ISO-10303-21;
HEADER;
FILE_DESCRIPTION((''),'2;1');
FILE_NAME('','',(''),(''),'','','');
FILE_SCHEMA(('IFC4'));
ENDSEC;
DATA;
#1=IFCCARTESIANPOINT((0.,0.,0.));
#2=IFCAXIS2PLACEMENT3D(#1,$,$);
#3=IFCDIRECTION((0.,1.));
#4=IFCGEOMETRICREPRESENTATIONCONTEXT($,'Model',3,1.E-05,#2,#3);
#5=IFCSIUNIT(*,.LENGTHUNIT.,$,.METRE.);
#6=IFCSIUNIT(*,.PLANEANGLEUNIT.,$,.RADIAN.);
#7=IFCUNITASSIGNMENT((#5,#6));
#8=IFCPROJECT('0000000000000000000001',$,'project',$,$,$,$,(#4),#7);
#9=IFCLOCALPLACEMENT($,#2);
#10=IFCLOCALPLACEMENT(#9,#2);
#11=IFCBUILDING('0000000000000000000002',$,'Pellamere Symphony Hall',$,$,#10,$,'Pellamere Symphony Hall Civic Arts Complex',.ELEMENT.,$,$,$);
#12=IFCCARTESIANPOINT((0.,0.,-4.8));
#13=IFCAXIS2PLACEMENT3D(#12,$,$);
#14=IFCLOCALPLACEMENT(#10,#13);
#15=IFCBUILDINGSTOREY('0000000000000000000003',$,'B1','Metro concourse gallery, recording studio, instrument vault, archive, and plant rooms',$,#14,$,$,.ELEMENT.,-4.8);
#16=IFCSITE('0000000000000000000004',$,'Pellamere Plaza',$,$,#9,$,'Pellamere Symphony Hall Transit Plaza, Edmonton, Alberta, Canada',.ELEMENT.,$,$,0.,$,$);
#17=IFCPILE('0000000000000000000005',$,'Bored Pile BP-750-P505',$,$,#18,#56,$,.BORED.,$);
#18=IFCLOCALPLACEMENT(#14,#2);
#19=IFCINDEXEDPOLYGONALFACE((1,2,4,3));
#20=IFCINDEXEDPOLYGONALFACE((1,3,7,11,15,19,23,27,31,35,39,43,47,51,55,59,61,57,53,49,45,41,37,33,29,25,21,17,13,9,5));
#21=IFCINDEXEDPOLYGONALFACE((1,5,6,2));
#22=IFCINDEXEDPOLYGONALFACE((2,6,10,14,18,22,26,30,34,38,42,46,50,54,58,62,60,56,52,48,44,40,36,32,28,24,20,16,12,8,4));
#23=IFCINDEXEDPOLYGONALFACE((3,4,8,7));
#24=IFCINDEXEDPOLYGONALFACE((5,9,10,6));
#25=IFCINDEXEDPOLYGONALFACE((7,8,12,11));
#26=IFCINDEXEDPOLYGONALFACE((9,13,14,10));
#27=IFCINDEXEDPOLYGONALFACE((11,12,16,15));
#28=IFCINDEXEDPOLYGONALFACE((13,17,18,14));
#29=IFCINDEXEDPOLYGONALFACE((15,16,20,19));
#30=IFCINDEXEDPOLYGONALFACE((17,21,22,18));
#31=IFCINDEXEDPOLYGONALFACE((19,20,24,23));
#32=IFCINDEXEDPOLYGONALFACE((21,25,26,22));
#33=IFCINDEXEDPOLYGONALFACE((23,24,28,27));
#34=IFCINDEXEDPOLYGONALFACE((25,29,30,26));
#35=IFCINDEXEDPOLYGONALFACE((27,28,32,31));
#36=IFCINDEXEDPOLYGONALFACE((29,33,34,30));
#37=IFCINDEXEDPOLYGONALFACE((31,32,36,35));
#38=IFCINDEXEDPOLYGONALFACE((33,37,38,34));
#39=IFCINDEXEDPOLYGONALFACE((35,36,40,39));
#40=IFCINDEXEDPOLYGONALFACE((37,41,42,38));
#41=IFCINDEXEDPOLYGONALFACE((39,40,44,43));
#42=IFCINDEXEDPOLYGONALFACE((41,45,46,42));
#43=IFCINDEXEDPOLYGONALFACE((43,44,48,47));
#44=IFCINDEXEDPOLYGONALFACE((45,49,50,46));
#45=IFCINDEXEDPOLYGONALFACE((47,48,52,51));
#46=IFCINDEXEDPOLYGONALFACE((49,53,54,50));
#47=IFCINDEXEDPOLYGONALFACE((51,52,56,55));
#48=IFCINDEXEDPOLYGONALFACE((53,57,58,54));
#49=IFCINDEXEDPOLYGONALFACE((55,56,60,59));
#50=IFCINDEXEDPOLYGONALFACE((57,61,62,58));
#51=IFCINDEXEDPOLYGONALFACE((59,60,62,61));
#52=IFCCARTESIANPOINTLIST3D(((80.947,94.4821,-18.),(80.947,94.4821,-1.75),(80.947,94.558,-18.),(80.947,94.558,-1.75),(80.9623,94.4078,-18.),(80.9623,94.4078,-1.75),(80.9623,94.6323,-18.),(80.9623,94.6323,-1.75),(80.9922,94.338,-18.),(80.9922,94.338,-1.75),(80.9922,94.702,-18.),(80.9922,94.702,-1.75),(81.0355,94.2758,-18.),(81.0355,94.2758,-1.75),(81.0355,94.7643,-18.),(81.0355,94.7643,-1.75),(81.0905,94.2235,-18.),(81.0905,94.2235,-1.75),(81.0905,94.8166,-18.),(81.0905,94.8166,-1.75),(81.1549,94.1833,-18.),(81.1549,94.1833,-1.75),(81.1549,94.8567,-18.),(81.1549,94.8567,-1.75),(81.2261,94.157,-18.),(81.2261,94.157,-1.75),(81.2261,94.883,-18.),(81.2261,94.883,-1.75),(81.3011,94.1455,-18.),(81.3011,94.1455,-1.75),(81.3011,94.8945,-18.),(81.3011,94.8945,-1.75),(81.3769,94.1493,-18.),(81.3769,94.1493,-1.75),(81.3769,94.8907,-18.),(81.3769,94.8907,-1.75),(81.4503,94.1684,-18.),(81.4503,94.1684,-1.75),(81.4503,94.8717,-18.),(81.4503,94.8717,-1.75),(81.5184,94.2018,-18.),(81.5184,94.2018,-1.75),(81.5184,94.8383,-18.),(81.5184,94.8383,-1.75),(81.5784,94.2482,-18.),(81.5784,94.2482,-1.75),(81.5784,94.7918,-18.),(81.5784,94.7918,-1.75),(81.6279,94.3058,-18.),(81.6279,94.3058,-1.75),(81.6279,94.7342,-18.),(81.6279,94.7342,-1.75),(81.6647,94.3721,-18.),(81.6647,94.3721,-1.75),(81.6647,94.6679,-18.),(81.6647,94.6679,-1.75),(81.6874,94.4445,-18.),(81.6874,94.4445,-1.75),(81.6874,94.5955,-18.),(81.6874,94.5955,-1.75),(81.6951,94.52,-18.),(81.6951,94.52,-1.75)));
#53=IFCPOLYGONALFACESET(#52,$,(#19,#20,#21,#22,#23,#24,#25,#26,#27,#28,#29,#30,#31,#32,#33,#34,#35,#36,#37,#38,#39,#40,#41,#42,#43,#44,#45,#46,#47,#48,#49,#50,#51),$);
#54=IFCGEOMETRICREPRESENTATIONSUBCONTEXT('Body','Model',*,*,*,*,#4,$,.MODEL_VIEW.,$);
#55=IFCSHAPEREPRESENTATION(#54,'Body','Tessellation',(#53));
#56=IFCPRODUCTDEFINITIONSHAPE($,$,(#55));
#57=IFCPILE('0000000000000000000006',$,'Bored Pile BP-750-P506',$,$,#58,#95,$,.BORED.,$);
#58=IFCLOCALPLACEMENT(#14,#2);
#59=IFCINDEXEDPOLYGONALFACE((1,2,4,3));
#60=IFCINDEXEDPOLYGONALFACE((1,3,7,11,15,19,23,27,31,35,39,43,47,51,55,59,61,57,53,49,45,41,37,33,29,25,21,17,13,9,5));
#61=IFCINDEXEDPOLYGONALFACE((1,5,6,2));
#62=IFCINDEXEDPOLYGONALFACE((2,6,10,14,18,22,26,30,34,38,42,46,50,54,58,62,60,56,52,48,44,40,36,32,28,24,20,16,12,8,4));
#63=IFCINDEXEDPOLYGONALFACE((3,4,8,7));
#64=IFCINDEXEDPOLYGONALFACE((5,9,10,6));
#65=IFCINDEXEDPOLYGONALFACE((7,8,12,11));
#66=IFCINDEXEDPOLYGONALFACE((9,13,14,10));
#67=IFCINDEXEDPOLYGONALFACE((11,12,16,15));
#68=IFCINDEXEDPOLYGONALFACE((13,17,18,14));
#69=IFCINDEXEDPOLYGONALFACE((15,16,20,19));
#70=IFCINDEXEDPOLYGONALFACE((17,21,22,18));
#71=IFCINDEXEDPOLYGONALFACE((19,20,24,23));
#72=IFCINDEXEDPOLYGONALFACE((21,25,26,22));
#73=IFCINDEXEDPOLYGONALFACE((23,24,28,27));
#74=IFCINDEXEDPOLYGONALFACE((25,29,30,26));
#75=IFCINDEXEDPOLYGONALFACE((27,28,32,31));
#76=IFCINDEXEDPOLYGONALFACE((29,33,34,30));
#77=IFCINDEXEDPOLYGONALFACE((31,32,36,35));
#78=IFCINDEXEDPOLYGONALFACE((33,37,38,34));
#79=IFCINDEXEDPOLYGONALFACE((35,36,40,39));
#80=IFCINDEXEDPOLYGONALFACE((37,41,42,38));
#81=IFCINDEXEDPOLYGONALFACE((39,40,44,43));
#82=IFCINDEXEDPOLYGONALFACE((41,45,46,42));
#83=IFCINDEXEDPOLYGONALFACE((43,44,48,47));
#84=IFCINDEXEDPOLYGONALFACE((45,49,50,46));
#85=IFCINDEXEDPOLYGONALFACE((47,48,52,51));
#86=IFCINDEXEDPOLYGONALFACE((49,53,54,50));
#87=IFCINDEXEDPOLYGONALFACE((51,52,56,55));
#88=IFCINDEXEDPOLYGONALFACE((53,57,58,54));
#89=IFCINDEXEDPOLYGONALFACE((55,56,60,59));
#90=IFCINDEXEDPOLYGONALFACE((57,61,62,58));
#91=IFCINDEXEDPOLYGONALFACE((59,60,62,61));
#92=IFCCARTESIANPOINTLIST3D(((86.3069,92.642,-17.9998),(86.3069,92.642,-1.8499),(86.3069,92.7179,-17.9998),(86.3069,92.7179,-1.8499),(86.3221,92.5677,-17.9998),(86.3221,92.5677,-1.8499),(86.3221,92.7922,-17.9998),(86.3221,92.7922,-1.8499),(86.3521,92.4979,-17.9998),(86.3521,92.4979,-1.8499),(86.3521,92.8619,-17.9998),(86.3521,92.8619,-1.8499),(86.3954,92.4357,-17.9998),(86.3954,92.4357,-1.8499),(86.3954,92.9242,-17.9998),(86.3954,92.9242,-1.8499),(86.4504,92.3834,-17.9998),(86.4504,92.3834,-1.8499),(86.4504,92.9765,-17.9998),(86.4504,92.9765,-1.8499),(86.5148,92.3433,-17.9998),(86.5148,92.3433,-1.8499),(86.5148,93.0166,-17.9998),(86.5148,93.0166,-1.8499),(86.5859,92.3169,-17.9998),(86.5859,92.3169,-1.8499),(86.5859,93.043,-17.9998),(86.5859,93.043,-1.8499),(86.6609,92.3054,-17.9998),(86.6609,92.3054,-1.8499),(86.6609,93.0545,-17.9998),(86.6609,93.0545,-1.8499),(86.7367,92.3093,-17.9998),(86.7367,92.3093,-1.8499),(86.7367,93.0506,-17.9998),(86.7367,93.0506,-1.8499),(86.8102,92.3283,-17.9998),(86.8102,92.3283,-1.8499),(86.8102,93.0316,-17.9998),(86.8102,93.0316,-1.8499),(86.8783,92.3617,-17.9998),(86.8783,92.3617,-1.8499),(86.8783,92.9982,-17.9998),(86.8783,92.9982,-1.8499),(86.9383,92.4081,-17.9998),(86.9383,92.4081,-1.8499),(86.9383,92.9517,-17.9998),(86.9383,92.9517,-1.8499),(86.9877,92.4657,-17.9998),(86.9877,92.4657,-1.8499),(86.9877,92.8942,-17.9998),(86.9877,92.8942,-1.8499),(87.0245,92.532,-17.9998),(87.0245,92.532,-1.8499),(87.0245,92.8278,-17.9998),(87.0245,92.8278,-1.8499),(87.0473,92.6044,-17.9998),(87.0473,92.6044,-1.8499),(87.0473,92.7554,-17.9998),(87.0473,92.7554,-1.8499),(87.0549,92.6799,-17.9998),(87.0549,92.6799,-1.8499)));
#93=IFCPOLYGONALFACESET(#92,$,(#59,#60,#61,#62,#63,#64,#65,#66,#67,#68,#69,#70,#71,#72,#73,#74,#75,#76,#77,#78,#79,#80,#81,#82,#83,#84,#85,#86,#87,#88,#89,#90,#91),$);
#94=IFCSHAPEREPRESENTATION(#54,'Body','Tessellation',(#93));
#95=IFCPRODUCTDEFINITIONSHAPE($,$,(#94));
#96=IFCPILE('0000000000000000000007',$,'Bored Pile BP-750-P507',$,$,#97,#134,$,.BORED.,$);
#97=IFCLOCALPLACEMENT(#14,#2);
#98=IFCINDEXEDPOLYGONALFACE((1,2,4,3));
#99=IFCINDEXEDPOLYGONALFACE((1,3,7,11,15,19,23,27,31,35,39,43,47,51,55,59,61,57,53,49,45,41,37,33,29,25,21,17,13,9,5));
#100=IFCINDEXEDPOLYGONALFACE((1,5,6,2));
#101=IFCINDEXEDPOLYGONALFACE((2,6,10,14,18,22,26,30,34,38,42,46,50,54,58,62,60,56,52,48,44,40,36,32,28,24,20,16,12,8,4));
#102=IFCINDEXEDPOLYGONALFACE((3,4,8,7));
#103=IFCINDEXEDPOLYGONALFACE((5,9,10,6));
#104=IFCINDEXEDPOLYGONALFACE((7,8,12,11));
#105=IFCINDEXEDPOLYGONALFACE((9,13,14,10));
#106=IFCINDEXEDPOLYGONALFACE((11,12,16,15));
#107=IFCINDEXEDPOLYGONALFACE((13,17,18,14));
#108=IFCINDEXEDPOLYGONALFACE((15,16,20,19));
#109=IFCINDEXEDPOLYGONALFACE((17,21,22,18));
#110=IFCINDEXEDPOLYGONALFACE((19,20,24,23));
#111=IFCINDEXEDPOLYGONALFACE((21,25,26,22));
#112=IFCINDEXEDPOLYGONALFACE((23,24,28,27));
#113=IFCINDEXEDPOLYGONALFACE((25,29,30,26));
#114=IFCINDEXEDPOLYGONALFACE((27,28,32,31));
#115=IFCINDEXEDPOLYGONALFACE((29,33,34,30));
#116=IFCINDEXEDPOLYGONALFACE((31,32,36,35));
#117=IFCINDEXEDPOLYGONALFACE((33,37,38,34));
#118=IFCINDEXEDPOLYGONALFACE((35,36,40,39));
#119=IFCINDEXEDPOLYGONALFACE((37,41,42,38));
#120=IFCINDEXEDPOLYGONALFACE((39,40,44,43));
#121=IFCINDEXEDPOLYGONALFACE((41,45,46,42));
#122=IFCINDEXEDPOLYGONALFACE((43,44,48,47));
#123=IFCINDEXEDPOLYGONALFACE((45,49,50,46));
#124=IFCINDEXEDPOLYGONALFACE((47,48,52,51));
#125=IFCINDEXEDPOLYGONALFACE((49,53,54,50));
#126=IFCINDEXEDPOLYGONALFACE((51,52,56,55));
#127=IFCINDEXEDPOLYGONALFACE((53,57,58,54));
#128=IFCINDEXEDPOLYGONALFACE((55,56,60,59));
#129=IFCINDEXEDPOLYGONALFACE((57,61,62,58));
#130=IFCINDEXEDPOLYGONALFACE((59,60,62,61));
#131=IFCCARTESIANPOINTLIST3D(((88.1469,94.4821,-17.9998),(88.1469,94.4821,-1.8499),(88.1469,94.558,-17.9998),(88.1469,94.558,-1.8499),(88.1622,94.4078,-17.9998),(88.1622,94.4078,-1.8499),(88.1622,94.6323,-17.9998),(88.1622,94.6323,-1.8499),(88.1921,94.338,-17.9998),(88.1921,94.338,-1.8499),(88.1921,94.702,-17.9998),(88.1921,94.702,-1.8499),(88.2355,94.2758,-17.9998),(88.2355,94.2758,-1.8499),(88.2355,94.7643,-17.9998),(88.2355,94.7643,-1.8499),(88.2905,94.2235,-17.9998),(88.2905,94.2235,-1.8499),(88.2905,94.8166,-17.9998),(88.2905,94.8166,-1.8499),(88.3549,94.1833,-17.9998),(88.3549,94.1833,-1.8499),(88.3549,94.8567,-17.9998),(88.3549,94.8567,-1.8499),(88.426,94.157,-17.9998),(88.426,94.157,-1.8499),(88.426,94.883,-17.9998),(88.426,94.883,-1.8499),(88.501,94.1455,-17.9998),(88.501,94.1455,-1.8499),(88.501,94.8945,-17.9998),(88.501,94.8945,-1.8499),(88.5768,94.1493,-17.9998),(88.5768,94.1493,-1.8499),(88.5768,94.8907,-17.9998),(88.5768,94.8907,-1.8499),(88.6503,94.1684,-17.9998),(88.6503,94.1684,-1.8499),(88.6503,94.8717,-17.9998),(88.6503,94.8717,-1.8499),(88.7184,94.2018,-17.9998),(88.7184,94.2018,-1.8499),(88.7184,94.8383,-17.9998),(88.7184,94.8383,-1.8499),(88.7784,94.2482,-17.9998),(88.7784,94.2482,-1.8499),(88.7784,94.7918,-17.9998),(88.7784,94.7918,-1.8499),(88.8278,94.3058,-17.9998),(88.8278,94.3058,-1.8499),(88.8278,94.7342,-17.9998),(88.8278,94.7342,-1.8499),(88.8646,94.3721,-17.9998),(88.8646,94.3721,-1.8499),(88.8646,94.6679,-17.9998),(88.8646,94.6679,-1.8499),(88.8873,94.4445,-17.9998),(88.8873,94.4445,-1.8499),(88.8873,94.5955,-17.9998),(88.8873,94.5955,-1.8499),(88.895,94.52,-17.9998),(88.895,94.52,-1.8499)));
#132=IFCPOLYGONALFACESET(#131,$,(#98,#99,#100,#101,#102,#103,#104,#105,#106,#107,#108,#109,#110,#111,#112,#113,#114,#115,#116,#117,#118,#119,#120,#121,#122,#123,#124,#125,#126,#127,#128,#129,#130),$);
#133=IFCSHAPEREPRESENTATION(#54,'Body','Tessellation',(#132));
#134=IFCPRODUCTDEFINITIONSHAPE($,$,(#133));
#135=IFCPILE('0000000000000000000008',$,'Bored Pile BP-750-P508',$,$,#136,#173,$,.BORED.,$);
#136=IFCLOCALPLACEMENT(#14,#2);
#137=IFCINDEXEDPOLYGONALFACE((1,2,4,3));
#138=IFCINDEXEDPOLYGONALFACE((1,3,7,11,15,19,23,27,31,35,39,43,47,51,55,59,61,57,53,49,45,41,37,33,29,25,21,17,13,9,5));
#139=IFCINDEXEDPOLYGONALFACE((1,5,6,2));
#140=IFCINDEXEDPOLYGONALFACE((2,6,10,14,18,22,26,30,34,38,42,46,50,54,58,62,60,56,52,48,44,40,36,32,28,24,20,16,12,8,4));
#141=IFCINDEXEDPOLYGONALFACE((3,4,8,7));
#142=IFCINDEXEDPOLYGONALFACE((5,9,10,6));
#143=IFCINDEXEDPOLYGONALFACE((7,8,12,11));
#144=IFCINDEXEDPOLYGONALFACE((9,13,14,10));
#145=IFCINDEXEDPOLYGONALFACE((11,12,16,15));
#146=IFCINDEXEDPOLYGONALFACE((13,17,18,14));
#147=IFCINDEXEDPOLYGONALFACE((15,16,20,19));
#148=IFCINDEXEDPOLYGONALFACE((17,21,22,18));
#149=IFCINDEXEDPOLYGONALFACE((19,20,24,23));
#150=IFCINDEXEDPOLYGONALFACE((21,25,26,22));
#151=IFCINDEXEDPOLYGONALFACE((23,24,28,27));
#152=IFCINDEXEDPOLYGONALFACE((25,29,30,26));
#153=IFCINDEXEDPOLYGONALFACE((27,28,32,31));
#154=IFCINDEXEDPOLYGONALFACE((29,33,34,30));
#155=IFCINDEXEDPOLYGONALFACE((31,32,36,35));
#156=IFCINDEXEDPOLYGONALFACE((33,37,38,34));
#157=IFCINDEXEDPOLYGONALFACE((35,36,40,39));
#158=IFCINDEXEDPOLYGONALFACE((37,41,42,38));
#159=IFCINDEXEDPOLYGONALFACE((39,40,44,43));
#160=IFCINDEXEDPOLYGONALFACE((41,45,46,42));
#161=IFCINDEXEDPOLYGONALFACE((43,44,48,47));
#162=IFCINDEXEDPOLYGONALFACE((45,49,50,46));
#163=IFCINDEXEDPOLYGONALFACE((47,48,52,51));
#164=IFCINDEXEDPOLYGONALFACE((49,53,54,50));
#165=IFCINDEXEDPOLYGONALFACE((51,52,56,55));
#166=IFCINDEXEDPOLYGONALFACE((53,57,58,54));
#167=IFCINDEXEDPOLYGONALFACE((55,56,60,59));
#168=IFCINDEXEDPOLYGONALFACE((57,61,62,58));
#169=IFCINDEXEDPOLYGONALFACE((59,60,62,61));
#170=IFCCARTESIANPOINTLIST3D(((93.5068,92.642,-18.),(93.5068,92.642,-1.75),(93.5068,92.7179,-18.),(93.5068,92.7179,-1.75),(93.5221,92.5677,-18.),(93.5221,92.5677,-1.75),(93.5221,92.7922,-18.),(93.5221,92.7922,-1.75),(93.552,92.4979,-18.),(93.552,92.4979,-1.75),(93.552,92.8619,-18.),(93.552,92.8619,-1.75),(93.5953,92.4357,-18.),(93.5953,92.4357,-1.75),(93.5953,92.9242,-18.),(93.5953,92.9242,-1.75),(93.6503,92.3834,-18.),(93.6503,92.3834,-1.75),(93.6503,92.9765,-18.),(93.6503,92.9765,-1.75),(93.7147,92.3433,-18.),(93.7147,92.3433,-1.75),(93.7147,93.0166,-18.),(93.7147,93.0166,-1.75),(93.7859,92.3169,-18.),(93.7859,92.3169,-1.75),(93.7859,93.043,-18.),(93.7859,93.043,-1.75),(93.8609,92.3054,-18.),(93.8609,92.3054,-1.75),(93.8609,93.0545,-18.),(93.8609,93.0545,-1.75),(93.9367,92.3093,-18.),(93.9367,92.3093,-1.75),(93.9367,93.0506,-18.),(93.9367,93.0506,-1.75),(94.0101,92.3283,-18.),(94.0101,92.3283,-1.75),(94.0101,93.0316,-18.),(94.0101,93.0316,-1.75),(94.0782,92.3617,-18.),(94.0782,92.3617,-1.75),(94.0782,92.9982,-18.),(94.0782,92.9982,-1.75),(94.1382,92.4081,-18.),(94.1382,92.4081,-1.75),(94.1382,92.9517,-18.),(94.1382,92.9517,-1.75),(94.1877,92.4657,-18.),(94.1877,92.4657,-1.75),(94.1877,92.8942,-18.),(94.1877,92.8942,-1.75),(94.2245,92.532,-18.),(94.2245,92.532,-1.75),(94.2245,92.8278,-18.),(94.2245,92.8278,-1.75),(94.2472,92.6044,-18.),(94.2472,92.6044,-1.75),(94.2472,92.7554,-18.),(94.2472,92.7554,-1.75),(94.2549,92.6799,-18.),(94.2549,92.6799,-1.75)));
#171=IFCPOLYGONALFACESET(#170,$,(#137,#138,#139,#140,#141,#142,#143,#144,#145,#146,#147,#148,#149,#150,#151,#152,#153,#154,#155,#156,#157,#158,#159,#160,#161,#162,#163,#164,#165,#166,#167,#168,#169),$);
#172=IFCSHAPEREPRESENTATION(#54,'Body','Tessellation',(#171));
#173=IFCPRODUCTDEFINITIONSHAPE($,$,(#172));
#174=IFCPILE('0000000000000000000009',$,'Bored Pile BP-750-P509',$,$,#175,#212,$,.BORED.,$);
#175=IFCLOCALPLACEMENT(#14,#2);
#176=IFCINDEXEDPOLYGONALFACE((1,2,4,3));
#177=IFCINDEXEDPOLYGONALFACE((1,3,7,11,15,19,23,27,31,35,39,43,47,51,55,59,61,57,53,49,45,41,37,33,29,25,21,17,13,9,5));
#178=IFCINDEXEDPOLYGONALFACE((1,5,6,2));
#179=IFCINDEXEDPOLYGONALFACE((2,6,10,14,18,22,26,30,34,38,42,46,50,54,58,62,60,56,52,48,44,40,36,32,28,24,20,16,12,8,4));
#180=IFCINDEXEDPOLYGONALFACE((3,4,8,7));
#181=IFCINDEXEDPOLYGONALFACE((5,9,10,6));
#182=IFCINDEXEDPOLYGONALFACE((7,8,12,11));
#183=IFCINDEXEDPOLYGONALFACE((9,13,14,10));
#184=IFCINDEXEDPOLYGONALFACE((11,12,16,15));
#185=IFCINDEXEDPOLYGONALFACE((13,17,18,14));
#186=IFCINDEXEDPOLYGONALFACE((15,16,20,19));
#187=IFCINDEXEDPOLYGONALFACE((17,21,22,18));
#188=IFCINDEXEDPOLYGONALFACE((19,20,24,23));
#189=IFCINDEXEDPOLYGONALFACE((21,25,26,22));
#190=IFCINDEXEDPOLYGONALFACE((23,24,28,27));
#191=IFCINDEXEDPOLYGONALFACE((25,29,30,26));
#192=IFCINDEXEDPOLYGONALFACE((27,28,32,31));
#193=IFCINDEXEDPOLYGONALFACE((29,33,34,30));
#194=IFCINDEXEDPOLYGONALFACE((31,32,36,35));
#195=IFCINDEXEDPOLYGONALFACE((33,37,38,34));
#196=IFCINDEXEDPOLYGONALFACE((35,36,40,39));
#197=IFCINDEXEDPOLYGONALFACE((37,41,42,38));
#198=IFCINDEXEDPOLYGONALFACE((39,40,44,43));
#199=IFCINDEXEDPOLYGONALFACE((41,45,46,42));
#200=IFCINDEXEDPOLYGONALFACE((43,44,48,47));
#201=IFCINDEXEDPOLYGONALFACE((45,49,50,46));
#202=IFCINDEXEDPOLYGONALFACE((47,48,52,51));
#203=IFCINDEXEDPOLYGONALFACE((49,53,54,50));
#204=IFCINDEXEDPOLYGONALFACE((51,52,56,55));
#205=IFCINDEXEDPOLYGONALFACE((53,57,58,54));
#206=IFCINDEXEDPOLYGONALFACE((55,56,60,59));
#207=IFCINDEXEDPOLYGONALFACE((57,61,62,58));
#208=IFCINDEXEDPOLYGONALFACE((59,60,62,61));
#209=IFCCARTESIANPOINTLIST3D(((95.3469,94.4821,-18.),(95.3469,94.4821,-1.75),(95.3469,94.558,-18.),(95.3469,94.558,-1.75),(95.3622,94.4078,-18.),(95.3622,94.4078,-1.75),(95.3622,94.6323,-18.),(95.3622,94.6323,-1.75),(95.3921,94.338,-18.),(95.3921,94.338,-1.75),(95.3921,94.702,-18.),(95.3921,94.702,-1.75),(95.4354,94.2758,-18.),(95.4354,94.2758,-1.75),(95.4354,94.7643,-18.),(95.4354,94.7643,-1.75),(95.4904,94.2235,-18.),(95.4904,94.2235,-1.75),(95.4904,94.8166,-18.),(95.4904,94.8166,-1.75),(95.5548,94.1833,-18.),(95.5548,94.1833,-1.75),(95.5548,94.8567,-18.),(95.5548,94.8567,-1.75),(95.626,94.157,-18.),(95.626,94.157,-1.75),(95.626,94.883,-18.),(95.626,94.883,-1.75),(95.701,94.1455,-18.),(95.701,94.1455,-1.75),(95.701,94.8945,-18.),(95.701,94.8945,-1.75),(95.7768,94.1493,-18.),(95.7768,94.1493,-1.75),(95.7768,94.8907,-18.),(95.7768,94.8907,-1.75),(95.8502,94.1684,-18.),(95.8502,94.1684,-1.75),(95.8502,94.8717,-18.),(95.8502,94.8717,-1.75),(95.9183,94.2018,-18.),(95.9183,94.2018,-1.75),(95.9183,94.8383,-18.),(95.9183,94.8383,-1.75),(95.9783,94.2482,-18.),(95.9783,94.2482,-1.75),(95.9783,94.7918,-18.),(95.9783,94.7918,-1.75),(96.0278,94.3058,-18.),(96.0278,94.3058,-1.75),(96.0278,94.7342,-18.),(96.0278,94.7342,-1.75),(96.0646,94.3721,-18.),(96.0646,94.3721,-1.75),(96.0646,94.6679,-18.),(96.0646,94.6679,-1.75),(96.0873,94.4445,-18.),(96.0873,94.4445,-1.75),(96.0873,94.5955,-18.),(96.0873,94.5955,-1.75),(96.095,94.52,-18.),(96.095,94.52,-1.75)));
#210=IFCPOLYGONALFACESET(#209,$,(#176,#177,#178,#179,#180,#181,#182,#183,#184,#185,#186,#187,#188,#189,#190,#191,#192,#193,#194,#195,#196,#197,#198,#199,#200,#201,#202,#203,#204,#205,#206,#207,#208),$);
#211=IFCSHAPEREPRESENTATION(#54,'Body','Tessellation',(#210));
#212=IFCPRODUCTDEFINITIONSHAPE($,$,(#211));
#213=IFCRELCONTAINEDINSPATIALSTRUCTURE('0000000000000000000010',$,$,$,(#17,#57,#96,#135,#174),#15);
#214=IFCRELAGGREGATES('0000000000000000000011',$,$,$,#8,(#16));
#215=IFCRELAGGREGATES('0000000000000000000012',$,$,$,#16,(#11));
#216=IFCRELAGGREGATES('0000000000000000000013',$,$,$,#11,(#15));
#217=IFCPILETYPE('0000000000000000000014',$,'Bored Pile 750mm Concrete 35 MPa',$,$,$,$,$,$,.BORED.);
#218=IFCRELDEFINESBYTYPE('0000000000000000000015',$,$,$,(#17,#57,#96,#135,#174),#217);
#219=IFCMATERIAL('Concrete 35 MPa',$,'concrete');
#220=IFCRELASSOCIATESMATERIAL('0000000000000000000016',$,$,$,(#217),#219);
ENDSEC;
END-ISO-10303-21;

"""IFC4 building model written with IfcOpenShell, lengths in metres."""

from ifc_helpers import new_model, si_unit, direction, frame, origin, origin_2d, place, context, subcontext, project, spatial, circle, extrude, material, material_profile, profile_set, type_object, element, save


model = new_model("IFC4")

# Units and contexts
model_context = context("Model", 3, precision=1e-05, world=origin(), true_north=direction((0.0, 1.0)))
body_context = subcontext(model_context, "Body", "Model", "MODEL_VIEW")
ifc_project = project(units=[si_unit("LENGTHUNIT", "METRE"), si_unit("PLANEANGLEUNIT", "RADIAN")], contexts=[model_context])

# Site, building, storey
site_placement = place(None, origin())
site = spatial("IfcSite", under=ifc_project, at=site_placement, Name="Pellamere Plaza", LongName="Pellamere Symphony Hall Transit Plaza, Edmonton, Alberta, Canada", CompositionType="ELEMENT", RefElevation=0.0)
building_placement = place(site_placement, origin())
building = spatial("IfcBuilding", under=site, at=building_placement, Name="Pellamere Symphony Hall", LongName="Pellamere Symphony Hall Civic Arts Complex", CompositionType="ELEMENT")
storey_placement = place(building_placement, frame((0.0, 0.0, -4.8)))
storey = spatial("IfcBuildingStorey", under=building, at=storey_placement, Name="B1", Description="Metro concourse gallery, recording studio, instrument vault, archive, and plant rooms", CompositionType="ELEMENT", Elevation=-4.8)

# Piles
ifc_material_1 = material(Name="Concrete 35 MPa", Category="concrete")
ifc_material_profile_1 = material_profile(ifc_material_1, circle(Radius=0.375, at=origin_2d()), Name="PILE D750")
ifc_profile_set_1 = profile_set([ifc_material_profile_1], Name="Concrete 35 MPa")
pile_type = type_object("IfcPileType", Name="Bored Pile 750mm Concrete 35 MPa", PredefinedType="BORED", material=ifc_profile_set_1)
for number, where, z_axis, x_axis, name in (
    (1, (81.3201, 94.52, -1.75), (0.0, 0.0, -1.0), (1.0, 0.0, 0.0), "Bored Pile BP-750-P505"),
):
    element("IfcPile", number, at=place(storey_placement, frame(where, z_axis=z_axis, x_axis=x_axis)), inside=storey, type_object=pile_type, Name=name, PredefinedType="BORED", context=body_context, shape_type="SweptSolid", body=[
        extrude(circle(Radius=0.375, at=origin_2d()), origin(), (0.0, 0.0, 1.0), 16.25),
    ])
for number, where, z_axis, x_axis, name in (
    (2, (86.6799, 92.6799, -1.8499), (0.0, 0.0, -1.0), (1.0, 0.0, 0.0), "Bored Pile BP-750-P506"),
    (3, (88.52, 94.52, -1.8499), (0.0, 0.0, -1.0), (1.0, 0.0, 0.0), "Bored Pile BP-750-P507"),
):
    element("IfcPile", number, at=place(storey_placement, frame(where, z_axis=z_axis, x_axis=x_axis)), inside=storey, type_object=pile_type, Name=name, PredefinedType="BORED", context=body_context, shape_type="SweptSolid", body=[
        extrude(circle(Radius=0.375, at=origin_2d()), origin(), (0.0, 0.0, 1.0), 16.1499),
    ])
for number, where, z_axis, x_axis, name in (
    (4, (93.8799, 92.6799, -1.75), (0.0, 0.0, -1.0), (1.0, 0.0, 0.0), "Bored Pile BP-750-P508"),
    (5, (95.72, 94.52, -1.75), (0.0, 0.0, -1.0), (1.0, 0.0, 0.0), "Bored Pile BP-750-P509"),
):
    element("IfcPile", number, at=place(storey_placement, frame(where, z_axis=z_axis, x_axis=x_axis)), inside=storey, type_object=pile_type, Name=name, PredefinedType="BORED", context=body_context, shape_type="SweptSolid", body=[
        extrude(circle(Radius=0.375, at=origin_2d()), origin(), (0.0, 0.0, 1.0), 16.25),
    ])

save(model, "model.ifc")
